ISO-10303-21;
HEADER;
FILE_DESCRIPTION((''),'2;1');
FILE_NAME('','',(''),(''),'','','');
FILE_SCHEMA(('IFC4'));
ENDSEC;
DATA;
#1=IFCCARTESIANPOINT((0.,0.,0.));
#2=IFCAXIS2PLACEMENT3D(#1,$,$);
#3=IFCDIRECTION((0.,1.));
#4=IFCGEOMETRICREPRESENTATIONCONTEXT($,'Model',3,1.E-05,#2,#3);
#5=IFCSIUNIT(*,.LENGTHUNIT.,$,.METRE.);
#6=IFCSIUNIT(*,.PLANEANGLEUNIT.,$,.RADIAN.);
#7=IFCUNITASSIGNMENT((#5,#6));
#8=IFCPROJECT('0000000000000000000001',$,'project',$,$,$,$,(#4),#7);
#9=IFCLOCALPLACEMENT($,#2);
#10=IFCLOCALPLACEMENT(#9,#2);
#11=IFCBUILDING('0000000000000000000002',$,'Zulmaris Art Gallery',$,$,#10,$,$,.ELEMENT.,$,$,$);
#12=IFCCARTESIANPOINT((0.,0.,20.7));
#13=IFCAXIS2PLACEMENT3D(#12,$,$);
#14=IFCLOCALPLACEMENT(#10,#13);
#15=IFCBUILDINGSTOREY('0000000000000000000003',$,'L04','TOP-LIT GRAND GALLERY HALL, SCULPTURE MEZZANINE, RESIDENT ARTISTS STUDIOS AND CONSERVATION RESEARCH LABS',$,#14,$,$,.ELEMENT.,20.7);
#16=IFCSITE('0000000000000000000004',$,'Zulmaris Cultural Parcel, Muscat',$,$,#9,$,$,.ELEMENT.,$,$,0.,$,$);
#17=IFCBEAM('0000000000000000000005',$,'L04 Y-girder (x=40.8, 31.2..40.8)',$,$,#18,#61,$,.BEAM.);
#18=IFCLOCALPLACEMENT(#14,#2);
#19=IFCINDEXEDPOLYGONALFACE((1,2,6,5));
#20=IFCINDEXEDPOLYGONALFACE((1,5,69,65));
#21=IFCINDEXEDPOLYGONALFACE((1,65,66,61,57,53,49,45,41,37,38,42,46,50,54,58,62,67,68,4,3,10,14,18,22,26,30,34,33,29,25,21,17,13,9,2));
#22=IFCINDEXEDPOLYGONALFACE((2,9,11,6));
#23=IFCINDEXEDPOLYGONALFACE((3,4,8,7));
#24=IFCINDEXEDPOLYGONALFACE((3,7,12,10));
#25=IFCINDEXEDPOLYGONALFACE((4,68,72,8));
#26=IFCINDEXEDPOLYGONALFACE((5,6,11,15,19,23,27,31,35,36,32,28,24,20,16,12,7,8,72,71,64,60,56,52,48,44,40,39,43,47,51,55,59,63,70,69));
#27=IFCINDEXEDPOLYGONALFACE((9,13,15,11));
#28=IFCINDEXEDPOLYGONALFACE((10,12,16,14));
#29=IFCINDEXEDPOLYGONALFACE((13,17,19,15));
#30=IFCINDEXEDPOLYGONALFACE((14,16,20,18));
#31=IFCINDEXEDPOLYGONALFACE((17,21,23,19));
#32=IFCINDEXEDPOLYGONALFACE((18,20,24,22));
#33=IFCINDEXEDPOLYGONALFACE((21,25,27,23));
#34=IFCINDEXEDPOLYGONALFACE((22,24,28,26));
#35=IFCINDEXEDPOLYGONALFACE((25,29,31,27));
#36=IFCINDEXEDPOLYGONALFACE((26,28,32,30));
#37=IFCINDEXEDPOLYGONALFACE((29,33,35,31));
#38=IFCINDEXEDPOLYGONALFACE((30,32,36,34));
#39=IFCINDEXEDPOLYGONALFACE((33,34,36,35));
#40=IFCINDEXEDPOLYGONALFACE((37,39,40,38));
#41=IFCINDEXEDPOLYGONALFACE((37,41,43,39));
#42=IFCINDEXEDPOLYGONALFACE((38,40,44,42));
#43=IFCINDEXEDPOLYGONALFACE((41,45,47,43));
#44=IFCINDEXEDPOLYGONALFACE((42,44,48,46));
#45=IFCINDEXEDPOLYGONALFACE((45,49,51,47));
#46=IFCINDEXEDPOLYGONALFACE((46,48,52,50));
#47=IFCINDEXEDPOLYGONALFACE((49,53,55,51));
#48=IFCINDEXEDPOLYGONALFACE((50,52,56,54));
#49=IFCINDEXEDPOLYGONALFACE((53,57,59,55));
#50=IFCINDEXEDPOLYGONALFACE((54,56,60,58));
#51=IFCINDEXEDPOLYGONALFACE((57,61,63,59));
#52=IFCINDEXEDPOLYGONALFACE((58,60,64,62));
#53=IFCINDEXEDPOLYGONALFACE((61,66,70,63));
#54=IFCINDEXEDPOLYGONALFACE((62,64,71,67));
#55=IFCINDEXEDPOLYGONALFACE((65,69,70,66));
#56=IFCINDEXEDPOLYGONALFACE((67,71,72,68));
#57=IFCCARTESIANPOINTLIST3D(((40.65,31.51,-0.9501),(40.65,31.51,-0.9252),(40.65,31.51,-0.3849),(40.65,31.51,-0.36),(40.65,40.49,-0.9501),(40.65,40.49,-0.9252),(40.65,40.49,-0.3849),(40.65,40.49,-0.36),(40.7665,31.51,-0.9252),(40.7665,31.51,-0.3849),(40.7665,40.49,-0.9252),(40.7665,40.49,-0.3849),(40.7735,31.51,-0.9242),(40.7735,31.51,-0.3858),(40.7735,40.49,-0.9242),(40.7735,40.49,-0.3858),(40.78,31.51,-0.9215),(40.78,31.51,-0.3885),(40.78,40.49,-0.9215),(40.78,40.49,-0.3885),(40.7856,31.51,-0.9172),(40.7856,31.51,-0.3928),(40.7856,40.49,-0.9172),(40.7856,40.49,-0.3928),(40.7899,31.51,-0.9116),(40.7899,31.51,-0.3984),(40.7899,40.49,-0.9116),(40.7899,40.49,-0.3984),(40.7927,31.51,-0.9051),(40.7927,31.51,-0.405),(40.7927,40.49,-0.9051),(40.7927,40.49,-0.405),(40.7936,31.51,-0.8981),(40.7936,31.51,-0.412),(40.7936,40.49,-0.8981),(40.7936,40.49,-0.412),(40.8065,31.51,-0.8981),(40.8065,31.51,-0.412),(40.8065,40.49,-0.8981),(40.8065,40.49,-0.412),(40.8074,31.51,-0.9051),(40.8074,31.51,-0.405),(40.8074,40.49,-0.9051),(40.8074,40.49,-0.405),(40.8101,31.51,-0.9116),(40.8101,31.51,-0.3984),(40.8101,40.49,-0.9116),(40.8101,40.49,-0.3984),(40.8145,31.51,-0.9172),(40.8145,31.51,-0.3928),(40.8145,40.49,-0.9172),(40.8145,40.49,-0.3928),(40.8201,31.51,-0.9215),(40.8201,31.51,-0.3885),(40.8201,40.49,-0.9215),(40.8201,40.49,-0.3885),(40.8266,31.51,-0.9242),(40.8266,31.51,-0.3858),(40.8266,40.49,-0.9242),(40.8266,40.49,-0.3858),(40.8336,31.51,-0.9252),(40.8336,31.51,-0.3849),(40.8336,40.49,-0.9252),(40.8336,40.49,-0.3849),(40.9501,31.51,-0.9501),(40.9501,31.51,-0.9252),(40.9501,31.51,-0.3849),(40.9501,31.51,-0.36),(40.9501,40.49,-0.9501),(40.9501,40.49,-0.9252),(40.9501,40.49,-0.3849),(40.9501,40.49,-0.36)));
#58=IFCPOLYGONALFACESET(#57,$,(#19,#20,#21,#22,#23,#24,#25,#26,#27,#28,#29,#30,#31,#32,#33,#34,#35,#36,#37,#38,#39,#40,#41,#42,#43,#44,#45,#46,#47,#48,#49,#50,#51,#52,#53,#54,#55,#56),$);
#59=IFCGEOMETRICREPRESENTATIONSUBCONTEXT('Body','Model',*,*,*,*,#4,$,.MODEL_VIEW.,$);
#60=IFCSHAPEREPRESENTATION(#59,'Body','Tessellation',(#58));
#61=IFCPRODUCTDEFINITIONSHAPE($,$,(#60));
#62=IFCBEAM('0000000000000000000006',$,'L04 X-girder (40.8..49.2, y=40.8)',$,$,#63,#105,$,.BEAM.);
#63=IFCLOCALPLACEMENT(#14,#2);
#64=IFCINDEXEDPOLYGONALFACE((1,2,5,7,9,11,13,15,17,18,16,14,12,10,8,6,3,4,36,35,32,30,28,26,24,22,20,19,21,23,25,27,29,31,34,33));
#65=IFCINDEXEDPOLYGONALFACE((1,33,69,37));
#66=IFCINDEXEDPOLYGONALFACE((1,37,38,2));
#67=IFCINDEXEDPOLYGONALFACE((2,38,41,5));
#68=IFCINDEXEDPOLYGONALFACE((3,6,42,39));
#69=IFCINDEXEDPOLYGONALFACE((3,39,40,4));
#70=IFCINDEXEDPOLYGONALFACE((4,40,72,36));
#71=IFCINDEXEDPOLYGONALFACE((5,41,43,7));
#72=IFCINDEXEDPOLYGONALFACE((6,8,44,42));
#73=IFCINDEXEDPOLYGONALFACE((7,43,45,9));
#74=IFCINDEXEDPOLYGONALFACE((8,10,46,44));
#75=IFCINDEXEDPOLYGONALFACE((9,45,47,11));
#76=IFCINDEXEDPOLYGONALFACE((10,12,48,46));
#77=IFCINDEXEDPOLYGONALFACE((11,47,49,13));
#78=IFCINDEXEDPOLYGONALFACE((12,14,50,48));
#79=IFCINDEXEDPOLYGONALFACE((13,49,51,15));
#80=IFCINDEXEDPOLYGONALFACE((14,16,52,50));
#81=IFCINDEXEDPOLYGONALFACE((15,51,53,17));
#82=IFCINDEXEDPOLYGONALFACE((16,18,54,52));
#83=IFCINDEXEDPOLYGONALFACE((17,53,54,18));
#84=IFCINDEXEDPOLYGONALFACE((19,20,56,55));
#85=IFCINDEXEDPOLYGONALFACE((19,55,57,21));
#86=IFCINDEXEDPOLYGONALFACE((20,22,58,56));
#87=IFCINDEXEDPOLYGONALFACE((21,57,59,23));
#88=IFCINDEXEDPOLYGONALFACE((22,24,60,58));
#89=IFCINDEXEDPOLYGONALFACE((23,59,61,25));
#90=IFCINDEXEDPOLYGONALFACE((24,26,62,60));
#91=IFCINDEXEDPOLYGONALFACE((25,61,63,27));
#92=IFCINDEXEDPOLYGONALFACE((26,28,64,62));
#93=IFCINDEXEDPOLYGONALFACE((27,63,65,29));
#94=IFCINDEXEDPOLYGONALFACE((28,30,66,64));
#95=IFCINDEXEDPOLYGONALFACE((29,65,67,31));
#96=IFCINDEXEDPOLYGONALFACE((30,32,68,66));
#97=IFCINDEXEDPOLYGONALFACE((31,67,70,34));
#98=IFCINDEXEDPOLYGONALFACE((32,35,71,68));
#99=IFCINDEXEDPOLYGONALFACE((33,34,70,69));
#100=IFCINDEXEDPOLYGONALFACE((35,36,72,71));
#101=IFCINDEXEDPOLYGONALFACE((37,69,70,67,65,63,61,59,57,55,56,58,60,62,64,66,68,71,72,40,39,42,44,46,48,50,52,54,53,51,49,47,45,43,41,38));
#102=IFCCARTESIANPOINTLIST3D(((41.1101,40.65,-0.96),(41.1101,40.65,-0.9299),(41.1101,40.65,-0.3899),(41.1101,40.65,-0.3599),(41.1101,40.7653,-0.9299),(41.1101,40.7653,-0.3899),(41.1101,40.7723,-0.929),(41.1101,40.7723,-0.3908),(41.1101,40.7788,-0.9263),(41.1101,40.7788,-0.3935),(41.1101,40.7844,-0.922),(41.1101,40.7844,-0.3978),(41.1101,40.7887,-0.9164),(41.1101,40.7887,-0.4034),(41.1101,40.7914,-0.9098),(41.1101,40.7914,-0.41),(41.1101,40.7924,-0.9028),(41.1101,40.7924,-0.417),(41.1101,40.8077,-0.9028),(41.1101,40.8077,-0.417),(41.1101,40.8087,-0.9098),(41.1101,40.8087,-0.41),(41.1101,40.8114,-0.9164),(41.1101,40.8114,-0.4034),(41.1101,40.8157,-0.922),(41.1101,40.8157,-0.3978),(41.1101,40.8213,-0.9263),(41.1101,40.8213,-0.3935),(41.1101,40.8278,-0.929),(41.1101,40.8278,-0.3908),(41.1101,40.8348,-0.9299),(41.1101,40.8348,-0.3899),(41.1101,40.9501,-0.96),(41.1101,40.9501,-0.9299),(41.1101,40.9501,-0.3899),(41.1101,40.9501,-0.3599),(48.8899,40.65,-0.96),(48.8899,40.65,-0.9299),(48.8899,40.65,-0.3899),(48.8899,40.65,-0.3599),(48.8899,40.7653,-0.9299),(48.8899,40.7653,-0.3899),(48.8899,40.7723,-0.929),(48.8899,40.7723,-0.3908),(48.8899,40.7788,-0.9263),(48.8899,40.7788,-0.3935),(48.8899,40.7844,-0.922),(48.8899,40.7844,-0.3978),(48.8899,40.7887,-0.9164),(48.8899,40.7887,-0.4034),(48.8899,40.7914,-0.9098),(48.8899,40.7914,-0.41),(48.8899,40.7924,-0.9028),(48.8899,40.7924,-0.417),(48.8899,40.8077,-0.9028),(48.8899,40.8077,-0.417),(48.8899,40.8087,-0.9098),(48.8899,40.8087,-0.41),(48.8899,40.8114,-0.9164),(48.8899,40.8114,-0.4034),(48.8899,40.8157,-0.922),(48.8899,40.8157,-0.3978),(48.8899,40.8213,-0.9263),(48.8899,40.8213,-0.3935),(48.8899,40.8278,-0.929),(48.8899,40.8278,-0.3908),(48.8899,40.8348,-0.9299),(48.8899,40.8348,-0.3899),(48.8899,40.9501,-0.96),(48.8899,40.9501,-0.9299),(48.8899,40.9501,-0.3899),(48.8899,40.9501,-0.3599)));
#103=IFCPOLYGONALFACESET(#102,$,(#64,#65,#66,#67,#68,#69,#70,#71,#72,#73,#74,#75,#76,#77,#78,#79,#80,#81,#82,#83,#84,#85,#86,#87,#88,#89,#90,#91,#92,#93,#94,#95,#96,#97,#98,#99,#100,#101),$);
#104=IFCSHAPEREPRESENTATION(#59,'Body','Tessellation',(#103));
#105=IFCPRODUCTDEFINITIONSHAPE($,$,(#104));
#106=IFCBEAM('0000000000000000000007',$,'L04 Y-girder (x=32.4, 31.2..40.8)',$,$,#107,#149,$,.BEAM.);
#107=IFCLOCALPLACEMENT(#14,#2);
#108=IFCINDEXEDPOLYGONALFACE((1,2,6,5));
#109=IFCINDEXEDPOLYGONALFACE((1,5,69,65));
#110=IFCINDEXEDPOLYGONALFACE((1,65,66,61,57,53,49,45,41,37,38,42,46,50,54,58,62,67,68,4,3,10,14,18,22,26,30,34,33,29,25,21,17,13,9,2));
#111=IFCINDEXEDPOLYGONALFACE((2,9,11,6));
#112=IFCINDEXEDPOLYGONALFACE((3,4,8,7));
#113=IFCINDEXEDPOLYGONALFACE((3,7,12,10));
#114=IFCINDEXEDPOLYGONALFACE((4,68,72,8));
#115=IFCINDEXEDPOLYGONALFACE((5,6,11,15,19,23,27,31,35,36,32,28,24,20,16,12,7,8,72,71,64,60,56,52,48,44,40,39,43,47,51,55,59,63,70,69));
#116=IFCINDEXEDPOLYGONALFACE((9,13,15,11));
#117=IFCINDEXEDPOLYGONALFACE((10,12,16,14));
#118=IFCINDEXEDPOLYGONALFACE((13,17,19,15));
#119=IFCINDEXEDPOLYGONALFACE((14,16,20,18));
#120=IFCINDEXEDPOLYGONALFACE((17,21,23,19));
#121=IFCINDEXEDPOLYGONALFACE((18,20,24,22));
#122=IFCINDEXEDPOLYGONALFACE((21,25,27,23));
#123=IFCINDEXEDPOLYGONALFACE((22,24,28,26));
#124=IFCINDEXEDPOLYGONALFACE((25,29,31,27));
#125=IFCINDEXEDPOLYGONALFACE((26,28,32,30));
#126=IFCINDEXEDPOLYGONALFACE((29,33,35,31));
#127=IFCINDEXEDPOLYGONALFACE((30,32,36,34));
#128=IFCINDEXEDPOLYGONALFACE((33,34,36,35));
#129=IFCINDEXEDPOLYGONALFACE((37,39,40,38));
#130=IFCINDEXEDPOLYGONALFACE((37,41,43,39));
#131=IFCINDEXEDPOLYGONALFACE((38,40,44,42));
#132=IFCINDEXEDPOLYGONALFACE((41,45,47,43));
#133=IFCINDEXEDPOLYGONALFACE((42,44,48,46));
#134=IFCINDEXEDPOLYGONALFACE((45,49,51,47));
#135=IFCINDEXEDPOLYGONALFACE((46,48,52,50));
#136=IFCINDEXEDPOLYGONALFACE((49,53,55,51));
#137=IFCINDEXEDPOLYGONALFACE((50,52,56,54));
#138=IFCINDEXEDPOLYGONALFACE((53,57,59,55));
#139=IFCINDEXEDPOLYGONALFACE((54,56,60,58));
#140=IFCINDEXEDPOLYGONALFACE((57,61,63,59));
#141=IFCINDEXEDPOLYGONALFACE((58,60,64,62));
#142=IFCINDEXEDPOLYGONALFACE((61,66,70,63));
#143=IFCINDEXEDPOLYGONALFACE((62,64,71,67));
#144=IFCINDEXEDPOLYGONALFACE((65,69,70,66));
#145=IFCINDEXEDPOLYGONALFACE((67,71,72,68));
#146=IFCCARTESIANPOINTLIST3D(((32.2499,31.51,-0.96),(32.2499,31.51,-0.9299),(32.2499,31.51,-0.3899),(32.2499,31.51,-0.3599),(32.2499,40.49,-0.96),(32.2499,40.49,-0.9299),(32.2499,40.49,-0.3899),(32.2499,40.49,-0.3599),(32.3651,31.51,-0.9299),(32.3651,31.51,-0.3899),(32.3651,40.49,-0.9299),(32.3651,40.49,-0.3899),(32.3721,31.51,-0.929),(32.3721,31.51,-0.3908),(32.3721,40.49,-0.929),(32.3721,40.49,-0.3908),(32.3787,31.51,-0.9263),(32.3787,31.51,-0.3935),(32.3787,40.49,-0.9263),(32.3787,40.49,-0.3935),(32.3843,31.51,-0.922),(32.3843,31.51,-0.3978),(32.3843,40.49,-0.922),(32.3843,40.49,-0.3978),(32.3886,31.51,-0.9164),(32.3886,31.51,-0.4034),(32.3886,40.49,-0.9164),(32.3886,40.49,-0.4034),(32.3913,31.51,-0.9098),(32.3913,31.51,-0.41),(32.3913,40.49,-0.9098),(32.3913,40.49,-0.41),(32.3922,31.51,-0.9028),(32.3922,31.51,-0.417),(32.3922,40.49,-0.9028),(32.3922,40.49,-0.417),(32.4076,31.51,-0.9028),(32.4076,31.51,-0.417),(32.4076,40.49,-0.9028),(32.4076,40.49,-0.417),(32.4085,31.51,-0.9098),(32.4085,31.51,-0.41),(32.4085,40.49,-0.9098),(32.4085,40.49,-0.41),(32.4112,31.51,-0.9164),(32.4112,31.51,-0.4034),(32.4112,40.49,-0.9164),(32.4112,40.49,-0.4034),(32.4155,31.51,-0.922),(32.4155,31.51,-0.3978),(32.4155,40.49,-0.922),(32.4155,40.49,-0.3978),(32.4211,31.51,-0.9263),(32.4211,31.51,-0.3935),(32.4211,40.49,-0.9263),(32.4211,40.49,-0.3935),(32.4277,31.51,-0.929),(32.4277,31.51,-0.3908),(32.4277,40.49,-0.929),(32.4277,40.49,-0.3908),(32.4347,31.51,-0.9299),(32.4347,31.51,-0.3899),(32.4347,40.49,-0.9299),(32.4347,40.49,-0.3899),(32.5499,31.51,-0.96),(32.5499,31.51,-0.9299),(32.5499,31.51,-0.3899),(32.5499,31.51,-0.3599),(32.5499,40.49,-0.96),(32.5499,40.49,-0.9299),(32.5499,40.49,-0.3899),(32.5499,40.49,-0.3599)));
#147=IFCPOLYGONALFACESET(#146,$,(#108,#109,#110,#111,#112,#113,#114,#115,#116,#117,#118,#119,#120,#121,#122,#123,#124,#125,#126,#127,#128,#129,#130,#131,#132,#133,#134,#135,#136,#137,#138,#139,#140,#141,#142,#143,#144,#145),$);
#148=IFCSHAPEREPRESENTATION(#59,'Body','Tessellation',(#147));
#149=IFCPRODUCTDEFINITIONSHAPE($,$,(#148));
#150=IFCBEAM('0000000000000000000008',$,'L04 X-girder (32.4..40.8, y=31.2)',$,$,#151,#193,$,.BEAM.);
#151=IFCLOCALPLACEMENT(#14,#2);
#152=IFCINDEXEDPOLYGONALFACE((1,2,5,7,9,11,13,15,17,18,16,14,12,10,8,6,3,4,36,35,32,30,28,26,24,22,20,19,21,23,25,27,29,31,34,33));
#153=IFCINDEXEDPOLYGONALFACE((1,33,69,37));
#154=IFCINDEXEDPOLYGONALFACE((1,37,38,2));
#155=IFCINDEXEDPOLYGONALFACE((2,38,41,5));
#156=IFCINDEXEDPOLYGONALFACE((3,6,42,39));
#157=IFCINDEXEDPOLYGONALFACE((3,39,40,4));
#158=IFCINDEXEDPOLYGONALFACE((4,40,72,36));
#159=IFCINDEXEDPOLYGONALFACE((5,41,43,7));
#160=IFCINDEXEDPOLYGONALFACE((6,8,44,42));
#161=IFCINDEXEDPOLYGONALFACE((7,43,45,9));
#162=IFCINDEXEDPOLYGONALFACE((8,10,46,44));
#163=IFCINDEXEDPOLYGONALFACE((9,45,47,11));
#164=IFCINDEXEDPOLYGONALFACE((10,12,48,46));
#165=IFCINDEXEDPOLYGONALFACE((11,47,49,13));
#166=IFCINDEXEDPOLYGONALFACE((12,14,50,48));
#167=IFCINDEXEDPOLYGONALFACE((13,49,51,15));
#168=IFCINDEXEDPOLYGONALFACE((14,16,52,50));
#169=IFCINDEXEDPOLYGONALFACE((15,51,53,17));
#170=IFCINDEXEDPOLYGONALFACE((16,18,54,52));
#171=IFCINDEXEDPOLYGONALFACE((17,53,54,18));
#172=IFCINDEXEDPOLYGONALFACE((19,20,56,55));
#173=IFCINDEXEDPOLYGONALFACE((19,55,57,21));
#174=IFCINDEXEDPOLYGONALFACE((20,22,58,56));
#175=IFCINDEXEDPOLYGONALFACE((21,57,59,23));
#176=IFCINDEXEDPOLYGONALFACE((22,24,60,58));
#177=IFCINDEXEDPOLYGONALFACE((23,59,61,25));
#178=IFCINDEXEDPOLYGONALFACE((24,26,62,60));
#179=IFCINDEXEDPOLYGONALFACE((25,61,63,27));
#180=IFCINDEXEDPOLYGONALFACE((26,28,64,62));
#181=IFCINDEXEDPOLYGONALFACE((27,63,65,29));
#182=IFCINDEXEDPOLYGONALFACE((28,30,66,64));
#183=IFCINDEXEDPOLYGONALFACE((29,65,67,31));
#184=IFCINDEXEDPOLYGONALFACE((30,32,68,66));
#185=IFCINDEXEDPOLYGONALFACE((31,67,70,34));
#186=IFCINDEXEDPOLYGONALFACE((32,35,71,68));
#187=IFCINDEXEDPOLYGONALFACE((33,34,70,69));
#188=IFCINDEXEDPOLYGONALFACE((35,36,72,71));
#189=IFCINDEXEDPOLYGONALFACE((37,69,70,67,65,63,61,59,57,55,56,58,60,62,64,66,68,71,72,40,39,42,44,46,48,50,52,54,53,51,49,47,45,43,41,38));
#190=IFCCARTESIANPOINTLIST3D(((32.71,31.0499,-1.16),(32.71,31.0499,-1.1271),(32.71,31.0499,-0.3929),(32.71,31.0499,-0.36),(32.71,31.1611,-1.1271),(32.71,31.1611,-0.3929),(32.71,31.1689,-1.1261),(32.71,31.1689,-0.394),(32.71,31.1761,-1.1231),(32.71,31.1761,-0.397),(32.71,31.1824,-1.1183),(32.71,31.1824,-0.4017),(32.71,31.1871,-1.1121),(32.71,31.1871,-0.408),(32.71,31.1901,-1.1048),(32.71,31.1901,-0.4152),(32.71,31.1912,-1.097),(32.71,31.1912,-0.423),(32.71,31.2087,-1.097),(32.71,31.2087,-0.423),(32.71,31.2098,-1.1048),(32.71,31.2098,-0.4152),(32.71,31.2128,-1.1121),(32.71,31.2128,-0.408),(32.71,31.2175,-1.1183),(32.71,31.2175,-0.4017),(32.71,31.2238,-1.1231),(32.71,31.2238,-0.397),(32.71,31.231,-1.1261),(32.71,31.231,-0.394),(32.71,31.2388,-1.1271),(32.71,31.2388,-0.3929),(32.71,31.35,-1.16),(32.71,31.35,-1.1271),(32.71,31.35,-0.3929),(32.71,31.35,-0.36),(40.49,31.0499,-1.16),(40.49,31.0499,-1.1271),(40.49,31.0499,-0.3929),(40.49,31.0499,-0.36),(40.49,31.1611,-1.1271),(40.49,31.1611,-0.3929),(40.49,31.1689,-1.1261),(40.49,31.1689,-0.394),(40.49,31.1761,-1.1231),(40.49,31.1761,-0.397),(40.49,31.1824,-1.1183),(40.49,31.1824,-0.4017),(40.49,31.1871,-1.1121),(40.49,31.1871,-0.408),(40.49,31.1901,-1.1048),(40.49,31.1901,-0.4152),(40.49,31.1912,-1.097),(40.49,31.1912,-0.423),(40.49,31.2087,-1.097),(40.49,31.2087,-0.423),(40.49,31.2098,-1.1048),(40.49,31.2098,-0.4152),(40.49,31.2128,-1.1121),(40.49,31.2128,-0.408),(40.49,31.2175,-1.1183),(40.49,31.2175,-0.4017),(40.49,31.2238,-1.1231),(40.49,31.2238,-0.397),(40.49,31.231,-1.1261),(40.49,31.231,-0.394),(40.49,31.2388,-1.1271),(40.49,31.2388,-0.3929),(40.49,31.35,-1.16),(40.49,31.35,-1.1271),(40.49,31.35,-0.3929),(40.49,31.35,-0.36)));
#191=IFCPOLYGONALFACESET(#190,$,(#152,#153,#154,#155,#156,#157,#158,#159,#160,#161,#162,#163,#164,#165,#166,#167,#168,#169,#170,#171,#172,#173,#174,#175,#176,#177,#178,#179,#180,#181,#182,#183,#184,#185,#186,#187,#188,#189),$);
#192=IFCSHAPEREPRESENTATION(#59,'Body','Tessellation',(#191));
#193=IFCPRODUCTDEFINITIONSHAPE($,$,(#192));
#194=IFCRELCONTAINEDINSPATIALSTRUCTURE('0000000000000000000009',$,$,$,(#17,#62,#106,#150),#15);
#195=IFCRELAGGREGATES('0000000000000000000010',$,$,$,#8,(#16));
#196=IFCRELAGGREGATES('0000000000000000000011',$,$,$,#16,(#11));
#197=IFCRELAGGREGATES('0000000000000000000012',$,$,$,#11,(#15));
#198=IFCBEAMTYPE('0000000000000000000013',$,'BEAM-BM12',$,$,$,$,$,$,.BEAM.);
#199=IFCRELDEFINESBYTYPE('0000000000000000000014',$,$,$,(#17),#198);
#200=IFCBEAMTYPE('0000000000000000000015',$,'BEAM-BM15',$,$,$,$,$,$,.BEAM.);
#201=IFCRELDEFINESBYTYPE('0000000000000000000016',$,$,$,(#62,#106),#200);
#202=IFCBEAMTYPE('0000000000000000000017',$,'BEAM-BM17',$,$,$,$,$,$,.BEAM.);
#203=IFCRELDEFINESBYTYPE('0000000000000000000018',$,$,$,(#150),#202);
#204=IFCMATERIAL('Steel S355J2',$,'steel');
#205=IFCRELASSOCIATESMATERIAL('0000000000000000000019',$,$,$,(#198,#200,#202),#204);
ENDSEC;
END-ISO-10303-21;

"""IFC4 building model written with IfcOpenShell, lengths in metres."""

from ifc_helpers import new_model, si_unit, direction, frame, origin, origin_2d, place, context, subcontext, project, spatial, i_section, extrude, material, material_profile, profile_set, type_object, element, save


model = new_model("IFC4")

# Units and contexts
model_context = context("Model", 3, precision=1e-05, world=origin(), true_north=direction((0.0, 1.0)))
body_context = subcontext(model_context, "Body", "Model", "MODEL_VIEW")
ifc_project = project(units=[si_unit("LENGTHUNIT", "METRE"), si_unit("PLANEANGLEUNIT", "RADIAN")], contexts=[model_context])

# Site, building, storey
site_placement = place(None, origin())
site = spatial("IfcSite", under=ifc_project, at=site_placement, Name="Zulmaris Cultural Parcel, Muscat", CompositionType="ELEMENT", RefElevation=0.0)
building_placement = place(site_placement, origin())
building = spatial("IfcBuilding", under=site, at=building_placement, Name="Zulmaris Art Gallery", CompositionType="ELEMENT")
storey_placement = place(building_placement, frame((0.0, 0.0, 20.7)))
storey = spatial("IfcBuildingStorey", under=building, at=storey_placement, Name="L04", Description="TOP-LIT GRAND GALLERY HALL, SCULPTURE MEZZANINE, RESIDENT ARTISTS STUDIOS AND CONSERVATION RESEARCH LABS", CompositionType="ELEMENT", Elevation=20.7)

# Beams
ifc_material_1 = material(Name="Steel S355J2", Category="steel")
ifc_material_profile_1 = material_profile(ifc_material_1, i_section(OverallWidth=0.3, OverallDepth=0.5901, WebThickness=0.0129, FlangeThickness=0.0249, FilletRadius=0.0271, at=origin_2d()), Name="HEA 600")
ifc_profile_set_1 = profile_set([ifc_material_profile_1], Name="Steel S355J2")
beam_type_1 = type_object("IfcBeamType", Name="BEAM-BM12", PredefinedType="BEAM", material=ifc_profile_set_1)
beam_1_placement = place(storey_placement, frame((40.8, 31.51, -0.655), z_axis=(0.0, 1.0, 0.0), x_axis=(-1.0, 0.0, 0.0)))
element("IfcBeam", 1, at=beam_1_placement, inside=storey, type_object=beam_type_1, Name="L04 Y-girder (x=40.8, 31.2..40.8)", PredefinedType="BEAM", context=body_context, shape_type="SweptSolid", body=[
    extrude(i_section(OverallWidth=0.3, OverallDepth=0.5901, WebThickness=0.0129, FlangeThickness=0.0249, FilletRadius=0.0271, at=origin_2d()), origin(), (0.0, 0.0, 1.0), 8.98),
])
ifc_material_profile_2 = material_profile(ifc_material_1, i_section(OverallWidth=0.3, OverallDepth=0.6001, WebThickness=0.0154, FlangeThickness=0.03, FilletRadius=0.0271, at=origin_2d()), Name="HEB 600")
ifc_profile_set_2 = profile_set([ifc_material_profile_2], Name="Steel S355J2")
beam_type_2 = type_object("IfcBeamType", Name="BEAM-BM15", PredefinedType="BEAM", material=ifc_profile_set_2)
beam_2_placement = place(storey_placement, frame((41.1101, 40.8, -0.6599), z_axis=(1.0, 0.0, 0.0), x_axis=(0.0, 1.0, 0.0)))
element("IfcBeam", 2, at=beam_2_placement, inside=storey, type_object=beam_type_2, Name="L04 X-girder (40.8..49.2, y=40.8)", PredefinedType="BEAM", context=body_context, shape_type="SweptSolid", body=[
    extrude(i_section(OverallWidth=0.3, OverallDepth=0.6001, WebThickness=0.0154, FlangeThickness=0.03, FilletRadius=0.0271, at=origin_2d()), origin(), (0.0, 0.0, 1.0), 7.7798),
])
beam_3_placement = place(storey_placement, frame((32.3999, 31.51, -0.6599), z_axis=(0.0, 1.0, 0.0), x_axis=(-1.0, 0.0, 0.0)))
element("IfcBeam", 3, at=beam_3_placement, inside=storey, type_object=beam_type_2, Name="L04 Y-girder (x=32.4, 31.2..40.8)", PredefinedType="BEAM", context=body_context, shape_type="SweptSolid", body=[
    extrude(i_section(OverallWidth=0.3, OverallDepth=0.6001, WebThickness=0.0154, FlangeThickness=0.03, FilletRadius=0.0271, at=origin_2d()), origin(), (0.0, 0.0, 1.0), 8.98),
])
ifc_material_profile_3 = material_profile(ifc_material_1, i_section(OverallWidth=0.3, OverallDepth=0.8, WebThickness=0.0176, FlangeThickness=0.033, FilletRadius=0.03, at=origin_2d()), Name="HEB 800")
ifc_profile_set_3 = profile_set([ifc_material_profile_3], Name="Steel S355J2")
beam_type_3 = type_object("IfcBeamType", Name="BEAM-BM17", PredefinedType="BEAM", material=ifc_profile_set_3)
beam_4_placement = place(storey_placement, frame((32.71, 31.2, -0.76), z_axis=(1.0, 0.0, 0.0), x_axis=(0.0, 1.0, 0.0)))
element("IfcBeam", 4, at=beam_4_placement, inside=storey, type_object=beam_type_3, Name="L04 X-girder (32.4..40.8, y=31.2)", PredefinedType="BEAM", context=body_context, shape_type="SweptSolid", body=[
    extrude(i_section(OverallWidth=0.3, OverallDepth=0.8, WebThickness=0.0176, FlangeThickness=0.033, FilletRadius=0.03, at=origin_2d()), origin(), (0.0, 0.0, 1.0), 7.78),
])

save(model, "model.ifc")
